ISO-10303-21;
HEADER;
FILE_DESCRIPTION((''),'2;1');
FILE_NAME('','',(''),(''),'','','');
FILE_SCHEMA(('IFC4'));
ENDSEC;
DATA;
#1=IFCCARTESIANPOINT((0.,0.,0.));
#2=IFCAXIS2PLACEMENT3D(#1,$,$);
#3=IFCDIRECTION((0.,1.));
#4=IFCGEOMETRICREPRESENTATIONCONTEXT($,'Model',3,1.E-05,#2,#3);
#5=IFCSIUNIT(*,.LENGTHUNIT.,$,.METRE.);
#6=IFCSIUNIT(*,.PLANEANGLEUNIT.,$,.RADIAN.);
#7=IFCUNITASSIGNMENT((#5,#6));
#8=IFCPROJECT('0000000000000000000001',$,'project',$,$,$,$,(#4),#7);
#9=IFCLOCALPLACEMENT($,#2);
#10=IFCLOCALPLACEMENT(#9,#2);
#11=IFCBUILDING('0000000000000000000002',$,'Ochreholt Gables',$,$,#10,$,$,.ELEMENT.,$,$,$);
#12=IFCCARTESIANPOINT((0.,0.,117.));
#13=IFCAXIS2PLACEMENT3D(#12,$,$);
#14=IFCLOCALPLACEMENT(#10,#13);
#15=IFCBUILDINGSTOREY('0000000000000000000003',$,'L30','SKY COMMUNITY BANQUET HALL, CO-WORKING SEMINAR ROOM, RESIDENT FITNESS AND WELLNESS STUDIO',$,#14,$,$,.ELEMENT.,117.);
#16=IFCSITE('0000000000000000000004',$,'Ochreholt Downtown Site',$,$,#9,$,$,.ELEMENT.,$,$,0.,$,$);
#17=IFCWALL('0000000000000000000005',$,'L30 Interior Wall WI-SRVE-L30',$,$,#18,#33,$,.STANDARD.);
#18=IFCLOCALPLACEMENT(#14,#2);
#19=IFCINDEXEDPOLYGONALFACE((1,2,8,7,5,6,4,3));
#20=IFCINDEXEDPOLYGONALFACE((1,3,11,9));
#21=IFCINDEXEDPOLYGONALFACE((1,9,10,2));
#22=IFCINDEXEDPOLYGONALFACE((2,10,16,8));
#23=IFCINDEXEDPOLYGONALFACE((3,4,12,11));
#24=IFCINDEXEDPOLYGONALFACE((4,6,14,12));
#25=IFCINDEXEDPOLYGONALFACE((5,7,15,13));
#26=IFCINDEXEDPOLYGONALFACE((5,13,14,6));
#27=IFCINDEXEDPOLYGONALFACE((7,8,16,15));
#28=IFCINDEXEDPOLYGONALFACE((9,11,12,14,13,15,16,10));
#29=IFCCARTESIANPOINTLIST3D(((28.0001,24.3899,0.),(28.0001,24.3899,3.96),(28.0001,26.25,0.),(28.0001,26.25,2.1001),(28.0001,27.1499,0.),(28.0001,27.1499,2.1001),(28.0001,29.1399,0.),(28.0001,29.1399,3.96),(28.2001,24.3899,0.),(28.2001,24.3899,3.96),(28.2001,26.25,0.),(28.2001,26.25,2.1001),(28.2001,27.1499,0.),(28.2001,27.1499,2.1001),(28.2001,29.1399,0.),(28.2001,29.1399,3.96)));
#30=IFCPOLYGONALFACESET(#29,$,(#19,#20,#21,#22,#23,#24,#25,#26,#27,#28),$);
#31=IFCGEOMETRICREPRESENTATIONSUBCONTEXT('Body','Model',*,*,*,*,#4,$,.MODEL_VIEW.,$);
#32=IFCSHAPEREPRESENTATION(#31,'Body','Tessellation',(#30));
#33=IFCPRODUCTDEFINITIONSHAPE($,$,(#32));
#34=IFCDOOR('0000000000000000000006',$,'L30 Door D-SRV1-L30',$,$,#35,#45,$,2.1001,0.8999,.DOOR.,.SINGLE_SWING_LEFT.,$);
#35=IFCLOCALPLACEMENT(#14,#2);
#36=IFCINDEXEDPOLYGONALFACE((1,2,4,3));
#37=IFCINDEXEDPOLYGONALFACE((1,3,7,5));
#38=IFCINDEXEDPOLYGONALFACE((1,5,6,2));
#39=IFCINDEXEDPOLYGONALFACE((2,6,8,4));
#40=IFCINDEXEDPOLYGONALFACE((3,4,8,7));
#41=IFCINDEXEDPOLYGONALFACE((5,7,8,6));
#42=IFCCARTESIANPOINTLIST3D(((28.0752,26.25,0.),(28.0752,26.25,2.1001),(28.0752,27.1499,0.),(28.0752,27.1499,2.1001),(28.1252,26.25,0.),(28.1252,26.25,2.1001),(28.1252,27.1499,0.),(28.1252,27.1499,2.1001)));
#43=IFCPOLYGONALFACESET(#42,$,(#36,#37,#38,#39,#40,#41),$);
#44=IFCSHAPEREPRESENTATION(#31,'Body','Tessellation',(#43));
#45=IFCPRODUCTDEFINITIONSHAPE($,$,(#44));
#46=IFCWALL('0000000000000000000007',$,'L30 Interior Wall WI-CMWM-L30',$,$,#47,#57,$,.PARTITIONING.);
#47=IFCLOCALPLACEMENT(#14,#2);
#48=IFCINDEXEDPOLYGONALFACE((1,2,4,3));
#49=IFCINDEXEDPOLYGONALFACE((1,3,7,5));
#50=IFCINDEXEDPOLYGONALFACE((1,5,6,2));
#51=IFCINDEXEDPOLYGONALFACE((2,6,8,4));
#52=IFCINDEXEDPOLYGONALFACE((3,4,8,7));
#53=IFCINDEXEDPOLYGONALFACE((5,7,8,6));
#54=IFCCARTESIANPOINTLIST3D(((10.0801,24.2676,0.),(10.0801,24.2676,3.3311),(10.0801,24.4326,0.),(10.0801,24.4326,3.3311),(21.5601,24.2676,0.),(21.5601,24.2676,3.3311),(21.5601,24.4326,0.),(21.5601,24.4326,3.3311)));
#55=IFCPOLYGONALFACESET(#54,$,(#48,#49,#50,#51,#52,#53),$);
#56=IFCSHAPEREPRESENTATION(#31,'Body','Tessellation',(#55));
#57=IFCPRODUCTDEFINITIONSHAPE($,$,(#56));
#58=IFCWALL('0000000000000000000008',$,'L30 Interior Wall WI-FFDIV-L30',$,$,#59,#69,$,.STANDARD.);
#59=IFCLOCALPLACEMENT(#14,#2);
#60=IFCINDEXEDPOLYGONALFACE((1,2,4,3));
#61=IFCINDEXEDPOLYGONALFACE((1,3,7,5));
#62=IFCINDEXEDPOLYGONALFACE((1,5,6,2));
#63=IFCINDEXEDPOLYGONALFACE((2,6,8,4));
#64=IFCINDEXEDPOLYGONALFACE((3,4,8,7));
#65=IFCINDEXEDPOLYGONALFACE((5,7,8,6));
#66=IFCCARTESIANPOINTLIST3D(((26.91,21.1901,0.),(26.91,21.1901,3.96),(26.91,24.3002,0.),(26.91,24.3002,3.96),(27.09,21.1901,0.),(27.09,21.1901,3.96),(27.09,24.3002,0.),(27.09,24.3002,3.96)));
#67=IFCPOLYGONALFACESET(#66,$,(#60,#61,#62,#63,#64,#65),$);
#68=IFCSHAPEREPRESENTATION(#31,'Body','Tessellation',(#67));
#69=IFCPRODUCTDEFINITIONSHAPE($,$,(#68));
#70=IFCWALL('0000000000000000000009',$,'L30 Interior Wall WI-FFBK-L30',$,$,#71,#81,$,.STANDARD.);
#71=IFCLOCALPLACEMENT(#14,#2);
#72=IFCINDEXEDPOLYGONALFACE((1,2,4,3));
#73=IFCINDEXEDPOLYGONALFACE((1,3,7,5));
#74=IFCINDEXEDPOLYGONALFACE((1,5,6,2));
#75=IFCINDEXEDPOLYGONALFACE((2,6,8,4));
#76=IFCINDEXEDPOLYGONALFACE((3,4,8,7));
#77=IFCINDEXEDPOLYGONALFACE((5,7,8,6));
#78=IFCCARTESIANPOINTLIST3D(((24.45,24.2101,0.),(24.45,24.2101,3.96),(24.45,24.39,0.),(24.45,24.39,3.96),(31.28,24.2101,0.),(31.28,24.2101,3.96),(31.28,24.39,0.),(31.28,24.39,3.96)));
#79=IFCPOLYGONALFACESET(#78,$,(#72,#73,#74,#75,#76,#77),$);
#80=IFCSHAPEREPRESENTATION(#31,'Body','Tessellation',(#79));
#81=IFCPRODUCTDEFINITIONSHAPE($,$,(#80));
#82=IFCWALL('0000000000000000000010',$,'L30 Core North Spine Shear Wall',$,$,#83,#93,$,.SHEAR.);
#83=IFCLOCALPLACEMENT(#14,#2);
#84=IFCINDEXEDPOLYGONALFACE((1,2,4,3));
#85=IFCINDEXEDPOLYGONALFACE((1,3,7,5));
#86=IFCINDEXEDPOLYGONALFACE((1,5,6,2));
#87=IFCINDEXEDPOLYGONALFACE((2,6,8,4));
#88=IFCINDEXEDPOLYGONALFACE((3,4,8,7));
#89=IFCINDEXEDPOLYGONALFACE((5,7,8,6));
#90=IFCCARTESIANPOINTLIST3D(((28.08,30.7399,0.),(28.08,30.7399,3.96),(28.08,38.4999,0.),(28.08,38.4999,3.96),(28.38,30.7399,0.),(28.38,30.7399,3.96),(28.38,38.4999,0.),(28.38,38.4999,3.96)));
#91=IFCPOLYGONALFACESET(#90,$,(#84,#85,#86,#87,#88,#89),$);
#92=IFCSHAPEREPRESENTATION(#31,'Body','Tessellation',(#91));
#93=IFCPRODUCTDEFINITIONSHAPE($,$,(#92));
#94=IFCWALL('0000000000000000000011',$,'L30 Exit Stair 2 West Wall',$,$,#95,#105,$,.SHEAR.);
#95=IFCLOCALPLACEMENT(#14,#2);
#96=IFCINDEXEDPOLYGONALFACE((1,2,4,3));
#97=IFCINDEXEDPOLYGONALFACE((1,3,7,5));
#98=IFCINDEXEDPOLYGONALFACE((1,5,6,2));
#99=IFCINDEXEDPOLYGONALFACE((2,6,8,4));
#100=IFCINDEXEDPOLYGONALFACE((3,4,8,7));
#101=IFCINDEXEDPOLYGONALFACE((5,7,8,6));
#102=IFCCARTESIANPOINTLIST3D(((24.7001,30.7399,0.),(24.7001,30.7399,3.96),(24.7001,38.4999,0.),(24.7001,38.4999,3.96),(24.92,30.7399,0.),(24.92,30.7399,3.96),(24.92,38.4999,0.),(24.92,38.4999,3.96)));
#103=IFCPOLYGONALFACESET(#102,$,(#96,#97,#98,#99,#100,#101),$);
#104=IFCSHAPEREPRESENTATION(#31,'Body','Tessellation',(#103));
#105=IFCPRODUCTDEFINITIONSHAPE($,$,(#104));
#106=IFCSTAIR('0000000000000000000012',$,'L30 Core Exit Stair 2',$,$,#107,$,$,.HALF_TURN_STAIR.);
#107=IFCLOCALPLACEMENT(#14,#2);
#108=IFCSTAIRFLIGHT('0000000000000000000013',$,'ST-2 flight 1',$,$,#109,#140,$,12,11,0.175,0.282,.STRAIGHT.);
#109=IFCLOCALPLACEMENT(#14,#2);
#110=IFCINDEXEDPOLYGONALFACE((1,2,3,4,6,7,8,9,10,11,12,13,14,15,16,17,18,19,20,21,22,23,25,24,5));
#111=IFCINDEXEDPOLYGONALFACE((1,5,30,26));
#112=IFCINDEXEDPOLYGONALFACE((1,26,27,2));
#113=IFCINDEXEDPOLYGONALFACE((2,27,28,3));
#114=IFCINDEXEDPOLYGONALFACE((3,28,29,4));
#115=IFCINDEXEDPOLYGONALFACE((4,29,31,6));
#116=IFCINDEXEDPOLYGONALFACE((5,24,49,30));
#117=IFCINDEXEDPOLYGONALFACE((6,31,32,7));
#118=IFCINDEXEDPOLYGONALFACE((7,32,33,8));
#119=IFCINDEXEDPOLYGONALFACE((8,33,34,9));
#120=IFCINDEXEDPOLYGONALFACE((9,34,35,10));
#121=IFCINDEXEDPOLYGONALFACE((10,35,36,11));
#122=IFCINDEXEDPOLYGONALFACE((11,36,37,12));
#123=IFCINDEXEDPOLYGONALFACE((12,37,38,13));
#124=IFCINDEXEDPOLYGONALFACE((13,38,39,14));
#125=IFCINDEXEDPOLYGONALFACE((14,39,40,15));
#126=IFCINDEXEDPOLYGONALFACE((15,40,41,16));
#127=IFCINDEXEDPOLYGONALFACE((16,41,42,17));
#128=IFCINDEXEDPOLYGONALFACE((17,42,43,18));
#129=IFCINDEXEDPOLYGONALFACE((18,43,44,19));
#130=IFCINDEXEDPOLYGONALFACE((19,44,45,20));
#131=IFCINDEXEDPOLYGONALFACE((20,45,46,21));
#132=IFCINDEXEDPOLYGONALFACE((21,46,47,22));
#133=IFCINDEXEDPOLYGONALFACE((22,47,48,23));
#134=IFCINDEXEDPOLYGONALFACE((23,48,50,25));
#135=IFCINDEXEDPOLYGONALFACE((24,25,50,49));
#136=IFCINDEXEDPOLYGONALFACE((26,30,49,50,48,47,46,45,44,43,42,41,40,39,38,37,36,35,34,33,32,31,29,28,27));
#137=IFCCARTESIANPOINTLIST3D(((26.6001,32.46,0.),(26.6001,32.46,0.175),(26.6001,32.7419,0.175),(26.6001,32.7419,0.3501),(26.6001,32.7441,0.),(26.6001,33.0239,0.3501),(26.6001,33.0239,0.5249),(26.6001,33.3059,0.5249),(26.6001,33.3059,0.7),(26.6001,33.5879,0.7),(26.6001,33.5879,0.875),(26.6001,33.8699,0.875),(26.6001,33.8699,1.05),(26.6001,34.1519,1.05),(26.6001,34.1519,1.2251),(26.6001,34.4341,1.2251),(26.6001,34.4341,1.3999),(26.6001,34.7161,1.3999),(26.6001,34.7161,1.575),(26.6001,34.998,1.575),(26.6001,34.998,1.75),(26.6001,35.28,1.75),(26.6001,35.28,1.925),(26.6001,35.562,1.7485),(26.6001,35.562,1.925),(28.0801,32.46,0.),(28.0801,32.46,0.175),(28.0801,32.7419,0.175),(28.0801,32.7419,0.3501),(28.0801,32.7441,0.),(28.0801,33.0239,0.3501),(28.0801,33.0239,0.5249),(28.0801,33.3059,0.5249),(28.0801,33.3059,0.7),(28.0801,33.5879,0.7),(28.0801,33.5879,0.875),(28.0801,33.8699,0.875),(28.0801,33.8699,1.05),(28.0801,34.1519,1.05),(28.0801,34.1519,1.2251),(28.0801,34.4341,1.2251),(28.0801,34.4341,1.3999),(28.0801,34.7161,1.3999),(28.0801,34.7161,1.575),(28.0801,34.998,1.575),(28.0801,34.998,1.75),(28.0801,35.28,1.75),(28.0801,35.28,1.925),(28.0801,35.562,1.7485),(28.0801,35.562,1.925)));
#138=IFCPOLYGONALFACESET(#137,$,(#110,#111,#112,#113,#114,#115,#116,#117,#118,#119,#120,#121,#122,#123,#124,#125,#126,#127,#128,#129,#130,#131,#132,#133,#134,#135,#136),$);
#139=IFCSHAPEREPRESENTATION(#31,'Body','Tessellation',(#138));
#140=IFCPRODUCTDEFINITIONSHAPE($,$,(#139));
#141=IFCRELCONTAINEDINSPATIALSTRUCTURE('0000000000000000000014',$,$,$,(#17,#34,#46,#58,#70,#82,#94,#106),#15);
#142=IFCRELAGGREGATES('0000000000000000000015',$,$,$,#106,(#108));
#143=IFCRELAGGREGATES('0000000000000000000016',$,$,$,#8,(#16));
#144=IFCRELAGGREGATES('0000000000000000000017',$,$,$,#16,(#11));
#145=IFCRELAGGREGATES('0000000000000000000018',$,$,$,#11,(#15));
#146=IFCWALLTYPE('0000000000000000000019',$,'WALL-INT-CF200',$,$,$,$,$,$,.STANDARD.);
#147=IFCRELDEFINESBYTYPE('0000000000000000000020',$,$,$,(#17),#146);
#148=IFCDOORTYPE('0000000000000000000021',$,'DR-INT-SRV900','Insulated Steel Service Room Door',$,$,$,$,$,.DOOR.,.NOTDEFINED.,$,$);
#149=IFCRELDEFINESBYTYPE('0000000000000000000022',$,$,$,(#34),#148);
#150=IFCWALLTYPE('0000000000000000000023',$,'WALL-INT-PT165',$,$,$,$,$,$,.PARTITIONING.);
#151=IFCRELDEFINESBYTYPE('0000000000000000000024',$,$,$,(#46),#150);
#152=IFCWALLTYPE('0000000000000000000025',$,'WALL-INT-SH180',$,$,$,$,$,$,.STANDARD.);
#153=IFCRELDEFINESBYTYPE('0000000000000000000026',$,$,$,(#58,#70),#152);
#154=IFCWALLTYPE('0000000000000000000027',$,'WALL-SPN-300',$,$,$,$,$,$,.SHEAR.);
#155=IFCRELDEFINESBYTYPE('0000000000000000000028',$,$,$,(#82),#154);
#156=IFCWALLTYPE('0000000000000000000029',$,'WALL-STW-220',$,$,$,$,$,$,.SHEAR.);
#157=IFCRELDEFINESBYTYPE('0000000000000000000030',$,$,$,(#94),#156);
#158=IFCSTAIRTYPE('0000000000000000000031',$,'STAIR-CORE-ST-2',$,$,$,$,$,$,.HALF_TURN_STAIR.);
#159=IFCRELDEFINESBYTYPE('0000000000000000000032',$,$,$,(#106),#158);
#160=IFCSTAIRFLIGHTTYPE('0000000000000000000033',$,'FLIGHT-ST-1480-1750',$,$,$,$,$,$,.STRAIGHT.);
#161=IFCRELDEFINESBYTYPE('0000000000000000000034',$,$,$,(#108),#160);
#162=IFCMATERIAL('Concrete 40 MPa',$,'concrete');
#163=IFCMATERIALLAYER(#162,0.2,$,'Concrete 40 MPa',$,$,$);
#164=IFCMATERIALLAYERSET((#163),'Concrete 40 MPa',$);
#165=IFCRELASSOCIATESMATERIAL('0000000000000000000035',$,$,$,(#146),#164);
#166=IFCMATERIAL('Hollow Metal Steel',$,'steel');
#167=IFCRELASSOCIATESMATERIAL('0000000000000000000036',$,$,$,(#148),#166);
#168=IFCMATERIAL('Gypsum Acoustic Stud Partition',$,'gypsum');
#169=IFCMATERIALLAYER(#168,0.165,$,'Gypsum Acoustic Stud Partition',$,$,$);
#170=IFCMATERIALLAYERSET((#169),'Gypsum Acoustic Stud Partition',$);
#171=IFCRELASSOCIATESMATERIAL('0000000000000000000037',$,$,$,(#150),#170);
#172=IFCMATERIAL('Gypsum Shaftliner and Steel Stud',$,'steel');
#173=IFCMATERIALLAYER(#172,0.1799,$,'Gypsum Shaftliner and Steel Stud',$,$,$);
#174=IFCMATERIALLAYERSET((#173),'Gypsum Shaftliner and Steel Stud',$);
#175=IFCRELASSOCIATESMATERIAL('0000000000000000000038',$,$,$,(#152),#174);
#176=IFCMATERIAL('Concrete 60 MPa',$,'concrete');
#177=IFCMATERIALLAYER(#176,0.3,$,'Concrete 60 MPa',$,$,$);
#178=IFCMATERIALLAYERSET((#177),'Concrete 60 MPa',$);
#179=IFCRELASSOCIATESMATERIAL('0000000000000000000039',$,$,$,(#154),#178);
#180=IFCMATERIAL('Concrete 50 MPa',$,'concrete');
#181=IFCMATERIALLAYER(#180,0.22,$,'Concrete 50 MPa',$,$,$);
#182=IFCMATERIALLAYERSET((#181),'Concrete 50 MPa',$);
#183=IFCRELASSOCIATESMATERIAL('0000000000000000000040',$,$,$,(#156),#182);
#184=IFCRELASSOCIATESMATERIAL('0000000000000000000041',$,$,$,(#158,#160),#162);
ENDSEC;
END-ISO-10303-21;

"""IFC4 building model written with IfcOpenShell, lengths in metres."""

from ifc_helpers import new_model, si_unit, direction, frame, frame_2d, origin, place, context, subcontext, project, spatial, polyline, rectangle, outline, extrude, material, layer, layer_set, type_object, element, fill, aggregate, save


model = new_model("IFC4")

# Units and contexts
model_context = context("Model", 3, precision=1e-05, world=origin(), true_north=direction((0.0, 1.0)))
body_context = subcontext(model_context, "Body", "Model", "MODEL_VIEW")
ifc_project = project(units=[si_unit("LENGTHUNIT", "METRE"), si_unit("PLANEANGLEUNIT", "RADIAN")], contexts=[model_context])

# Site, building, storey
site_placement = place(None, origin())
site = spatial("IfcSite", under=ifc_project, at=site_placement, Name="Ochreholt Downtown Site", CompositionType="ELEMENT", RefElevation=0.0)
building_placement = place(site_placement, origin())
building = spatial("IfcBuilding", under=site, at=building_placement, Name="Ochreholt Gables", CompositionType="ELEMENT")
storey_placement = place(building_placement, frame((0.0, 0.0, 117.0)))
storey = spatial("IfcBuildingStorey", under=building, at=storey_placement, Name="L30", Description="SKY COMMUNITY BANQUET HALL, CO-WORKING SEMINAR ROOM, RESIDENT FITNESS AND WELLNESS STUDIO", CompositionType="ELEMENT", Elevation=117.0)

# Shared definitions
ifc_material_1 = material(Name="Concrete 60 MPa", Category="concrete")

# Shared definitions
ifc_material_2 = material(Name="Concrete 40 MPa", Category="concrete")
ifc_layer_1 = layer(ifc_material_2, 0.2, Name="Concrete 40 MPa")
ifc_layer_set_1 = layer_set([ifc_layer_1], Name="Concrete 40 MPa")
wall_type_1 = type_object("IfcWallType", Name="WALL-INT-CF200", PredefinedType="STANDARD", material=ifc_layer_set_1)

# Wall, opening, door
wall_1_placement = place(storey_placement, frame((28.1001, 24.3899, 0.0), z_axis=(0.0, 0.0, 1.0), x_axis=(0.0, 1.0, 0.0)))
wall_1 = element("IfcWall", 1, at=wall_1_placement, inside=storey, type_object=wall_type_1, Name="L30 Interior Wall WI-SRVE-L30", PredefinedType="STANDARD", context=body_context, shape_type="SweptSolid", body=[
    extrude(rectangle(XDim=4.75, YDim=0.2, at=frame_2d((2.375, 0.0))), origin(), (0.0, 0.0, 1.0), 3.96),
])
opening_1_placement = place(wall_1_placement, frame((1.8601, 0.0, 0.0)))
opening_1 = element("IfcOpeningElement", 2, at=opening_1_placement, cuts=wall_1, PredefinedType="OPENING", context=body_context, shape_type="SweptSolid", body=[
    extrude(rectangle(XDim=0.8999, YDim=2.1001, at=frame_2d((0.45, 1.05))), frame((0.0, 0.1099, 0.0), z_axis=(0.0, -1.0, 0.0), x_axis=(1.0, 0.0, 0.0)), (0.0, 0.0, 1.0), 0.22),
])
ifc_material_3 = material(Name="Hollow Metal Steel", Category="steel")
door_type_1 = type_object("IfcDoorType", Name="DR-INT-SRV900", Description="Insulated Steel Service Room Door", OperationType="NOTDEFINED", PredefinedType="DOOR", material=ifc_material_3)
door_1_placement = place(opening_1_placement, origin())
door_1 = element("IfcDoor", 3, at=door_1_placement, inside=storey, type_object=door_type_1, Name="L30 Door D-SRV1-L30", OperationType="SINGLE_SWING_LEFT", OverallHeight=2.1001, OverallWidth=0.8999, PredefinedType="DOOR", context=body_context, shape_type="SweptSolid", body=[
    extrude(rectangle(XDim=0.8999, YDim=2.1001, at=frame_2d((0.45, 1.05))), frame((0.0, 0.0249, 0.0), z_axis=(0.0, -1.0, 0.0), x_axis=(1.0, 0.0, 0.0)), (0.0, 0.0, 1.0), 0.05),
])
fill(opening_1, door_1)

# Walls
ifc_material_4 = material(Name="Gypsum Acoustic Stud Partition", Category="gypsum")
ifc_layer_2 = layer(ifc_material_4, 0.165, Name="Gypsum Acoustic Stud Partition")
ifc_layer_set_2 = layer_set([ifc_layer_2], Name="Gypsum Acoustic Stud Partition")
wall_type_2 = type_object("IfcWallType", Name="WALL-INT-PT165", PredefinedType="PARTITIONING", material=ifc_layer_set_2)
wall_2_placement = place(storey_placement, frame((10.0801, 24.3501, 0.0), z_axis=(0.0, 0.0, 1.0), x_axis=(1.0, 0.0, 0.0)))
element("IfcWall", 4, at=wall_2_placement, inside=storey, type_object=wall_type_2, Name="L30 Interior Wall WI-CMWM-L30", PredefinedType="PARTITIONING", context=body_context, shape_type="SweptSolid", body=[
    extrude(rectangle(XDim=11.48, YDim=0.165, at=frame_2d((5.74, 0.0))), origin(), (0.0, 0.0, 1.0), 3.3311),
])
ifc_material_5 = material(Name="Gypsum Shaftliner and Steel Stud", Category="steel")
ifc_layer_3 = layer(ifc_material_5, 0.1799, Name="Gypsum Shaftliner and Steel Stud")
ifc_layer_set_3 = layer_set([ifc_layer_3], Name="Gypsum Shaftliner and Steel Stud")
wall_type_3 = type_object("IfcWallType", Name="WALL-INT-SH180", PredefinedType="STANDARD", material=ifc_layer_set_3)
wall_3_placement = place(storey_placement, frame((27.0, 21.1899, 0.0), z_axis=(0.0, 0.0, 1.0), x_axis=(0.0, 1.0, 0.0)))
element("IfcWall", 5, at=wall_3_placement, inside=storey, type_object=wall_type_3, Name="L30 Interior Wall WI-FFDIV-L30", PredefinedType="STANDARD", context=body_context, shape_type="SweptSolid", body=[
    extrude(rectangle(XDim=3.1101, YDim=0.1799, at=frame_2d((1.5552, 0.0))), origin(), (0.0, 0.0, 1.0), 3.96),
])
wall_4_placement = place(storey_placement, frame((24.45, 24.3, 0.0), z_axis=(0.0, 0.0, 1.0), x_axis=(1.0, 0.0, 0.0)))
element("IfcWall", 6, at=wall_4_placement, inside=storey, type_object=wall_type_3, Name="L30 Interior Wall WI-FFBK-L30", PredefinedType="STANDARD", context=body_context, shape_type="SweptSolid", body=[
    extrude(rectangle(XDim=6.8301, YDim=0.1799, at=frame_2d((3.415, 0.0))), origin(), (0.0, 0.0, 1.0), 3.96),
])
ifc_layer_4 = layer(ifc_material_1, 0.3, Name="Concrete 60 MPa")
ifc_layer_set_4 = layer_set([ifc_layer_4], Name="Concrete 60 MPa")
wall_type_4 = type_object("IfcWallType", Name="WALL-SPN-300", PredefinedType="SHEAR", material=ifc_layer_set_4)
wall_5_placement = place(storey_placement, frame((28.23, 30.74, 0.0), z_axis=(0.0, 0.0, 1.0), x_axis=(0.0, 1.0, 0.0)))
element("IfcWall", 7, at=wall_5_placement, inside=storey, type_object=wall_type_4, Name="L30 Core North Spine Shear Wall", PredefinedType="SHEAR", context=body_context, shape_type="SweptSolid", body=[
    extrude(rectangle(XDim=7.76, YDim=0.3, at=frame_2d((3.8799, 0.0))), origin(), (0.0, 0.0, 1.0), 3.96),
])
ifc_material_6 = material(Name="Concrete 50 MPa", Category="concrete")
ifc_layer_5 = layer(ifc_material_6, 0.22, Name="Concrete 50 MPa")
ifc_layer_set_5 = layer_set([ifc_layer_5], Name="Concrete 50 MPa")
wall_type_5 = type_object("IfcWallType", Name="WALL-STW-220", PredefinedType="SHEAR", material=ifc_layer_set_5)
wall_6_placement = place(storey_placement, frame((24.8101, 30.74, 0.0), z_axis=(0.0, 0.0, 1.0), x_axis=(0.0, 1.0, 0.0)))
element("IfcWall", 8, at=wall_6_placement, inside=storey, type_object=wall_type_5, Name="L30 Exit Stair 2 West Wall", PredefinedType="SHEAR", context=body_context, shape_type="SweptSolid", body=[
    extrude(rectangle(XDim=7.76, YDim=0.22, at=frame_2d((3.8799, 0.0))), origin(), (0.0, 0.0, 1.0), 3.96),
])

# Stair, stair flight
stair_type = type_object("IfcStairType", Name="STAIR-CORE-ST-2", PredefinedType="HALF_TURN_STAIR", material=ifc_material_2)
stair_placement = place(storey_placement, origin())
stair = element("IfcStair", 9, at=stair_placement, inside=storey, type_object=stair_type, Name="L30 Core Exit Stair 2", PredefinedType="HALF_TURN_STAIR")
stair_flight_type = type_object("IfcStairFlightType", Name="FLIGHT-ST-1480-1750", PredefinedType="STRAIGHT", material=ifc_material_2)
stair_flight_placement = place(storey_placement, frame((27.3401, 32.46, 0.0), z_axis=(0.0, 0.0, 1.0), x_axis=(0.0, 1.0, 0.0)))
stair_flight = element("IfcStairFlight", 10, at=stair_flight_placement, type_object=stair_flight_type, Name="ST-2 flight 1", NumberOfRisers=12, NumberOfTreads=11, PredefinedType="STRAIGHT", RiserHeight=0.175, TreadLength=0.282, context=body_context, shape_type="SweptSolid", body=[
    extrude(outline(polyline([(0.0, 0.0), (0.0, 0.175), (0.282, 0.175), (0.282, 0.3501), (0.564, 0.3501), (0.564, 0.5249), (0.8459, 0.5249), (0.8459, 0.7), (1.1279, 0.7), (1.1279, 0.875), (1.4099, 0.875), (1.4099, 1.05), (1.6919, 1.05), (1.6919, 1.2251), (1.9741, 1.2251), (1.9741, 1.3999), (2.2561, 1.3999), (2.2561, 1.575), (2.5381, 1.575), (2.5381, 1.75), (2.8201, 1.75), (2.8201, 1.925), (3.1021, 1.925), (3.1021, 2.1001), (3.1021, 1.7485), (0.2842, 0.0), (0.0, 0.0)])), frame((0.0, 0.74, 0.0), z_axis=(0.0, -1.0, 0.0), x_axis=(1.0, 0.0, 0.0)), (0.0, 0.0, 1.0), 1.48),
])
aggregate(stair, [stair_flight])

save(model, "model.ifc")
